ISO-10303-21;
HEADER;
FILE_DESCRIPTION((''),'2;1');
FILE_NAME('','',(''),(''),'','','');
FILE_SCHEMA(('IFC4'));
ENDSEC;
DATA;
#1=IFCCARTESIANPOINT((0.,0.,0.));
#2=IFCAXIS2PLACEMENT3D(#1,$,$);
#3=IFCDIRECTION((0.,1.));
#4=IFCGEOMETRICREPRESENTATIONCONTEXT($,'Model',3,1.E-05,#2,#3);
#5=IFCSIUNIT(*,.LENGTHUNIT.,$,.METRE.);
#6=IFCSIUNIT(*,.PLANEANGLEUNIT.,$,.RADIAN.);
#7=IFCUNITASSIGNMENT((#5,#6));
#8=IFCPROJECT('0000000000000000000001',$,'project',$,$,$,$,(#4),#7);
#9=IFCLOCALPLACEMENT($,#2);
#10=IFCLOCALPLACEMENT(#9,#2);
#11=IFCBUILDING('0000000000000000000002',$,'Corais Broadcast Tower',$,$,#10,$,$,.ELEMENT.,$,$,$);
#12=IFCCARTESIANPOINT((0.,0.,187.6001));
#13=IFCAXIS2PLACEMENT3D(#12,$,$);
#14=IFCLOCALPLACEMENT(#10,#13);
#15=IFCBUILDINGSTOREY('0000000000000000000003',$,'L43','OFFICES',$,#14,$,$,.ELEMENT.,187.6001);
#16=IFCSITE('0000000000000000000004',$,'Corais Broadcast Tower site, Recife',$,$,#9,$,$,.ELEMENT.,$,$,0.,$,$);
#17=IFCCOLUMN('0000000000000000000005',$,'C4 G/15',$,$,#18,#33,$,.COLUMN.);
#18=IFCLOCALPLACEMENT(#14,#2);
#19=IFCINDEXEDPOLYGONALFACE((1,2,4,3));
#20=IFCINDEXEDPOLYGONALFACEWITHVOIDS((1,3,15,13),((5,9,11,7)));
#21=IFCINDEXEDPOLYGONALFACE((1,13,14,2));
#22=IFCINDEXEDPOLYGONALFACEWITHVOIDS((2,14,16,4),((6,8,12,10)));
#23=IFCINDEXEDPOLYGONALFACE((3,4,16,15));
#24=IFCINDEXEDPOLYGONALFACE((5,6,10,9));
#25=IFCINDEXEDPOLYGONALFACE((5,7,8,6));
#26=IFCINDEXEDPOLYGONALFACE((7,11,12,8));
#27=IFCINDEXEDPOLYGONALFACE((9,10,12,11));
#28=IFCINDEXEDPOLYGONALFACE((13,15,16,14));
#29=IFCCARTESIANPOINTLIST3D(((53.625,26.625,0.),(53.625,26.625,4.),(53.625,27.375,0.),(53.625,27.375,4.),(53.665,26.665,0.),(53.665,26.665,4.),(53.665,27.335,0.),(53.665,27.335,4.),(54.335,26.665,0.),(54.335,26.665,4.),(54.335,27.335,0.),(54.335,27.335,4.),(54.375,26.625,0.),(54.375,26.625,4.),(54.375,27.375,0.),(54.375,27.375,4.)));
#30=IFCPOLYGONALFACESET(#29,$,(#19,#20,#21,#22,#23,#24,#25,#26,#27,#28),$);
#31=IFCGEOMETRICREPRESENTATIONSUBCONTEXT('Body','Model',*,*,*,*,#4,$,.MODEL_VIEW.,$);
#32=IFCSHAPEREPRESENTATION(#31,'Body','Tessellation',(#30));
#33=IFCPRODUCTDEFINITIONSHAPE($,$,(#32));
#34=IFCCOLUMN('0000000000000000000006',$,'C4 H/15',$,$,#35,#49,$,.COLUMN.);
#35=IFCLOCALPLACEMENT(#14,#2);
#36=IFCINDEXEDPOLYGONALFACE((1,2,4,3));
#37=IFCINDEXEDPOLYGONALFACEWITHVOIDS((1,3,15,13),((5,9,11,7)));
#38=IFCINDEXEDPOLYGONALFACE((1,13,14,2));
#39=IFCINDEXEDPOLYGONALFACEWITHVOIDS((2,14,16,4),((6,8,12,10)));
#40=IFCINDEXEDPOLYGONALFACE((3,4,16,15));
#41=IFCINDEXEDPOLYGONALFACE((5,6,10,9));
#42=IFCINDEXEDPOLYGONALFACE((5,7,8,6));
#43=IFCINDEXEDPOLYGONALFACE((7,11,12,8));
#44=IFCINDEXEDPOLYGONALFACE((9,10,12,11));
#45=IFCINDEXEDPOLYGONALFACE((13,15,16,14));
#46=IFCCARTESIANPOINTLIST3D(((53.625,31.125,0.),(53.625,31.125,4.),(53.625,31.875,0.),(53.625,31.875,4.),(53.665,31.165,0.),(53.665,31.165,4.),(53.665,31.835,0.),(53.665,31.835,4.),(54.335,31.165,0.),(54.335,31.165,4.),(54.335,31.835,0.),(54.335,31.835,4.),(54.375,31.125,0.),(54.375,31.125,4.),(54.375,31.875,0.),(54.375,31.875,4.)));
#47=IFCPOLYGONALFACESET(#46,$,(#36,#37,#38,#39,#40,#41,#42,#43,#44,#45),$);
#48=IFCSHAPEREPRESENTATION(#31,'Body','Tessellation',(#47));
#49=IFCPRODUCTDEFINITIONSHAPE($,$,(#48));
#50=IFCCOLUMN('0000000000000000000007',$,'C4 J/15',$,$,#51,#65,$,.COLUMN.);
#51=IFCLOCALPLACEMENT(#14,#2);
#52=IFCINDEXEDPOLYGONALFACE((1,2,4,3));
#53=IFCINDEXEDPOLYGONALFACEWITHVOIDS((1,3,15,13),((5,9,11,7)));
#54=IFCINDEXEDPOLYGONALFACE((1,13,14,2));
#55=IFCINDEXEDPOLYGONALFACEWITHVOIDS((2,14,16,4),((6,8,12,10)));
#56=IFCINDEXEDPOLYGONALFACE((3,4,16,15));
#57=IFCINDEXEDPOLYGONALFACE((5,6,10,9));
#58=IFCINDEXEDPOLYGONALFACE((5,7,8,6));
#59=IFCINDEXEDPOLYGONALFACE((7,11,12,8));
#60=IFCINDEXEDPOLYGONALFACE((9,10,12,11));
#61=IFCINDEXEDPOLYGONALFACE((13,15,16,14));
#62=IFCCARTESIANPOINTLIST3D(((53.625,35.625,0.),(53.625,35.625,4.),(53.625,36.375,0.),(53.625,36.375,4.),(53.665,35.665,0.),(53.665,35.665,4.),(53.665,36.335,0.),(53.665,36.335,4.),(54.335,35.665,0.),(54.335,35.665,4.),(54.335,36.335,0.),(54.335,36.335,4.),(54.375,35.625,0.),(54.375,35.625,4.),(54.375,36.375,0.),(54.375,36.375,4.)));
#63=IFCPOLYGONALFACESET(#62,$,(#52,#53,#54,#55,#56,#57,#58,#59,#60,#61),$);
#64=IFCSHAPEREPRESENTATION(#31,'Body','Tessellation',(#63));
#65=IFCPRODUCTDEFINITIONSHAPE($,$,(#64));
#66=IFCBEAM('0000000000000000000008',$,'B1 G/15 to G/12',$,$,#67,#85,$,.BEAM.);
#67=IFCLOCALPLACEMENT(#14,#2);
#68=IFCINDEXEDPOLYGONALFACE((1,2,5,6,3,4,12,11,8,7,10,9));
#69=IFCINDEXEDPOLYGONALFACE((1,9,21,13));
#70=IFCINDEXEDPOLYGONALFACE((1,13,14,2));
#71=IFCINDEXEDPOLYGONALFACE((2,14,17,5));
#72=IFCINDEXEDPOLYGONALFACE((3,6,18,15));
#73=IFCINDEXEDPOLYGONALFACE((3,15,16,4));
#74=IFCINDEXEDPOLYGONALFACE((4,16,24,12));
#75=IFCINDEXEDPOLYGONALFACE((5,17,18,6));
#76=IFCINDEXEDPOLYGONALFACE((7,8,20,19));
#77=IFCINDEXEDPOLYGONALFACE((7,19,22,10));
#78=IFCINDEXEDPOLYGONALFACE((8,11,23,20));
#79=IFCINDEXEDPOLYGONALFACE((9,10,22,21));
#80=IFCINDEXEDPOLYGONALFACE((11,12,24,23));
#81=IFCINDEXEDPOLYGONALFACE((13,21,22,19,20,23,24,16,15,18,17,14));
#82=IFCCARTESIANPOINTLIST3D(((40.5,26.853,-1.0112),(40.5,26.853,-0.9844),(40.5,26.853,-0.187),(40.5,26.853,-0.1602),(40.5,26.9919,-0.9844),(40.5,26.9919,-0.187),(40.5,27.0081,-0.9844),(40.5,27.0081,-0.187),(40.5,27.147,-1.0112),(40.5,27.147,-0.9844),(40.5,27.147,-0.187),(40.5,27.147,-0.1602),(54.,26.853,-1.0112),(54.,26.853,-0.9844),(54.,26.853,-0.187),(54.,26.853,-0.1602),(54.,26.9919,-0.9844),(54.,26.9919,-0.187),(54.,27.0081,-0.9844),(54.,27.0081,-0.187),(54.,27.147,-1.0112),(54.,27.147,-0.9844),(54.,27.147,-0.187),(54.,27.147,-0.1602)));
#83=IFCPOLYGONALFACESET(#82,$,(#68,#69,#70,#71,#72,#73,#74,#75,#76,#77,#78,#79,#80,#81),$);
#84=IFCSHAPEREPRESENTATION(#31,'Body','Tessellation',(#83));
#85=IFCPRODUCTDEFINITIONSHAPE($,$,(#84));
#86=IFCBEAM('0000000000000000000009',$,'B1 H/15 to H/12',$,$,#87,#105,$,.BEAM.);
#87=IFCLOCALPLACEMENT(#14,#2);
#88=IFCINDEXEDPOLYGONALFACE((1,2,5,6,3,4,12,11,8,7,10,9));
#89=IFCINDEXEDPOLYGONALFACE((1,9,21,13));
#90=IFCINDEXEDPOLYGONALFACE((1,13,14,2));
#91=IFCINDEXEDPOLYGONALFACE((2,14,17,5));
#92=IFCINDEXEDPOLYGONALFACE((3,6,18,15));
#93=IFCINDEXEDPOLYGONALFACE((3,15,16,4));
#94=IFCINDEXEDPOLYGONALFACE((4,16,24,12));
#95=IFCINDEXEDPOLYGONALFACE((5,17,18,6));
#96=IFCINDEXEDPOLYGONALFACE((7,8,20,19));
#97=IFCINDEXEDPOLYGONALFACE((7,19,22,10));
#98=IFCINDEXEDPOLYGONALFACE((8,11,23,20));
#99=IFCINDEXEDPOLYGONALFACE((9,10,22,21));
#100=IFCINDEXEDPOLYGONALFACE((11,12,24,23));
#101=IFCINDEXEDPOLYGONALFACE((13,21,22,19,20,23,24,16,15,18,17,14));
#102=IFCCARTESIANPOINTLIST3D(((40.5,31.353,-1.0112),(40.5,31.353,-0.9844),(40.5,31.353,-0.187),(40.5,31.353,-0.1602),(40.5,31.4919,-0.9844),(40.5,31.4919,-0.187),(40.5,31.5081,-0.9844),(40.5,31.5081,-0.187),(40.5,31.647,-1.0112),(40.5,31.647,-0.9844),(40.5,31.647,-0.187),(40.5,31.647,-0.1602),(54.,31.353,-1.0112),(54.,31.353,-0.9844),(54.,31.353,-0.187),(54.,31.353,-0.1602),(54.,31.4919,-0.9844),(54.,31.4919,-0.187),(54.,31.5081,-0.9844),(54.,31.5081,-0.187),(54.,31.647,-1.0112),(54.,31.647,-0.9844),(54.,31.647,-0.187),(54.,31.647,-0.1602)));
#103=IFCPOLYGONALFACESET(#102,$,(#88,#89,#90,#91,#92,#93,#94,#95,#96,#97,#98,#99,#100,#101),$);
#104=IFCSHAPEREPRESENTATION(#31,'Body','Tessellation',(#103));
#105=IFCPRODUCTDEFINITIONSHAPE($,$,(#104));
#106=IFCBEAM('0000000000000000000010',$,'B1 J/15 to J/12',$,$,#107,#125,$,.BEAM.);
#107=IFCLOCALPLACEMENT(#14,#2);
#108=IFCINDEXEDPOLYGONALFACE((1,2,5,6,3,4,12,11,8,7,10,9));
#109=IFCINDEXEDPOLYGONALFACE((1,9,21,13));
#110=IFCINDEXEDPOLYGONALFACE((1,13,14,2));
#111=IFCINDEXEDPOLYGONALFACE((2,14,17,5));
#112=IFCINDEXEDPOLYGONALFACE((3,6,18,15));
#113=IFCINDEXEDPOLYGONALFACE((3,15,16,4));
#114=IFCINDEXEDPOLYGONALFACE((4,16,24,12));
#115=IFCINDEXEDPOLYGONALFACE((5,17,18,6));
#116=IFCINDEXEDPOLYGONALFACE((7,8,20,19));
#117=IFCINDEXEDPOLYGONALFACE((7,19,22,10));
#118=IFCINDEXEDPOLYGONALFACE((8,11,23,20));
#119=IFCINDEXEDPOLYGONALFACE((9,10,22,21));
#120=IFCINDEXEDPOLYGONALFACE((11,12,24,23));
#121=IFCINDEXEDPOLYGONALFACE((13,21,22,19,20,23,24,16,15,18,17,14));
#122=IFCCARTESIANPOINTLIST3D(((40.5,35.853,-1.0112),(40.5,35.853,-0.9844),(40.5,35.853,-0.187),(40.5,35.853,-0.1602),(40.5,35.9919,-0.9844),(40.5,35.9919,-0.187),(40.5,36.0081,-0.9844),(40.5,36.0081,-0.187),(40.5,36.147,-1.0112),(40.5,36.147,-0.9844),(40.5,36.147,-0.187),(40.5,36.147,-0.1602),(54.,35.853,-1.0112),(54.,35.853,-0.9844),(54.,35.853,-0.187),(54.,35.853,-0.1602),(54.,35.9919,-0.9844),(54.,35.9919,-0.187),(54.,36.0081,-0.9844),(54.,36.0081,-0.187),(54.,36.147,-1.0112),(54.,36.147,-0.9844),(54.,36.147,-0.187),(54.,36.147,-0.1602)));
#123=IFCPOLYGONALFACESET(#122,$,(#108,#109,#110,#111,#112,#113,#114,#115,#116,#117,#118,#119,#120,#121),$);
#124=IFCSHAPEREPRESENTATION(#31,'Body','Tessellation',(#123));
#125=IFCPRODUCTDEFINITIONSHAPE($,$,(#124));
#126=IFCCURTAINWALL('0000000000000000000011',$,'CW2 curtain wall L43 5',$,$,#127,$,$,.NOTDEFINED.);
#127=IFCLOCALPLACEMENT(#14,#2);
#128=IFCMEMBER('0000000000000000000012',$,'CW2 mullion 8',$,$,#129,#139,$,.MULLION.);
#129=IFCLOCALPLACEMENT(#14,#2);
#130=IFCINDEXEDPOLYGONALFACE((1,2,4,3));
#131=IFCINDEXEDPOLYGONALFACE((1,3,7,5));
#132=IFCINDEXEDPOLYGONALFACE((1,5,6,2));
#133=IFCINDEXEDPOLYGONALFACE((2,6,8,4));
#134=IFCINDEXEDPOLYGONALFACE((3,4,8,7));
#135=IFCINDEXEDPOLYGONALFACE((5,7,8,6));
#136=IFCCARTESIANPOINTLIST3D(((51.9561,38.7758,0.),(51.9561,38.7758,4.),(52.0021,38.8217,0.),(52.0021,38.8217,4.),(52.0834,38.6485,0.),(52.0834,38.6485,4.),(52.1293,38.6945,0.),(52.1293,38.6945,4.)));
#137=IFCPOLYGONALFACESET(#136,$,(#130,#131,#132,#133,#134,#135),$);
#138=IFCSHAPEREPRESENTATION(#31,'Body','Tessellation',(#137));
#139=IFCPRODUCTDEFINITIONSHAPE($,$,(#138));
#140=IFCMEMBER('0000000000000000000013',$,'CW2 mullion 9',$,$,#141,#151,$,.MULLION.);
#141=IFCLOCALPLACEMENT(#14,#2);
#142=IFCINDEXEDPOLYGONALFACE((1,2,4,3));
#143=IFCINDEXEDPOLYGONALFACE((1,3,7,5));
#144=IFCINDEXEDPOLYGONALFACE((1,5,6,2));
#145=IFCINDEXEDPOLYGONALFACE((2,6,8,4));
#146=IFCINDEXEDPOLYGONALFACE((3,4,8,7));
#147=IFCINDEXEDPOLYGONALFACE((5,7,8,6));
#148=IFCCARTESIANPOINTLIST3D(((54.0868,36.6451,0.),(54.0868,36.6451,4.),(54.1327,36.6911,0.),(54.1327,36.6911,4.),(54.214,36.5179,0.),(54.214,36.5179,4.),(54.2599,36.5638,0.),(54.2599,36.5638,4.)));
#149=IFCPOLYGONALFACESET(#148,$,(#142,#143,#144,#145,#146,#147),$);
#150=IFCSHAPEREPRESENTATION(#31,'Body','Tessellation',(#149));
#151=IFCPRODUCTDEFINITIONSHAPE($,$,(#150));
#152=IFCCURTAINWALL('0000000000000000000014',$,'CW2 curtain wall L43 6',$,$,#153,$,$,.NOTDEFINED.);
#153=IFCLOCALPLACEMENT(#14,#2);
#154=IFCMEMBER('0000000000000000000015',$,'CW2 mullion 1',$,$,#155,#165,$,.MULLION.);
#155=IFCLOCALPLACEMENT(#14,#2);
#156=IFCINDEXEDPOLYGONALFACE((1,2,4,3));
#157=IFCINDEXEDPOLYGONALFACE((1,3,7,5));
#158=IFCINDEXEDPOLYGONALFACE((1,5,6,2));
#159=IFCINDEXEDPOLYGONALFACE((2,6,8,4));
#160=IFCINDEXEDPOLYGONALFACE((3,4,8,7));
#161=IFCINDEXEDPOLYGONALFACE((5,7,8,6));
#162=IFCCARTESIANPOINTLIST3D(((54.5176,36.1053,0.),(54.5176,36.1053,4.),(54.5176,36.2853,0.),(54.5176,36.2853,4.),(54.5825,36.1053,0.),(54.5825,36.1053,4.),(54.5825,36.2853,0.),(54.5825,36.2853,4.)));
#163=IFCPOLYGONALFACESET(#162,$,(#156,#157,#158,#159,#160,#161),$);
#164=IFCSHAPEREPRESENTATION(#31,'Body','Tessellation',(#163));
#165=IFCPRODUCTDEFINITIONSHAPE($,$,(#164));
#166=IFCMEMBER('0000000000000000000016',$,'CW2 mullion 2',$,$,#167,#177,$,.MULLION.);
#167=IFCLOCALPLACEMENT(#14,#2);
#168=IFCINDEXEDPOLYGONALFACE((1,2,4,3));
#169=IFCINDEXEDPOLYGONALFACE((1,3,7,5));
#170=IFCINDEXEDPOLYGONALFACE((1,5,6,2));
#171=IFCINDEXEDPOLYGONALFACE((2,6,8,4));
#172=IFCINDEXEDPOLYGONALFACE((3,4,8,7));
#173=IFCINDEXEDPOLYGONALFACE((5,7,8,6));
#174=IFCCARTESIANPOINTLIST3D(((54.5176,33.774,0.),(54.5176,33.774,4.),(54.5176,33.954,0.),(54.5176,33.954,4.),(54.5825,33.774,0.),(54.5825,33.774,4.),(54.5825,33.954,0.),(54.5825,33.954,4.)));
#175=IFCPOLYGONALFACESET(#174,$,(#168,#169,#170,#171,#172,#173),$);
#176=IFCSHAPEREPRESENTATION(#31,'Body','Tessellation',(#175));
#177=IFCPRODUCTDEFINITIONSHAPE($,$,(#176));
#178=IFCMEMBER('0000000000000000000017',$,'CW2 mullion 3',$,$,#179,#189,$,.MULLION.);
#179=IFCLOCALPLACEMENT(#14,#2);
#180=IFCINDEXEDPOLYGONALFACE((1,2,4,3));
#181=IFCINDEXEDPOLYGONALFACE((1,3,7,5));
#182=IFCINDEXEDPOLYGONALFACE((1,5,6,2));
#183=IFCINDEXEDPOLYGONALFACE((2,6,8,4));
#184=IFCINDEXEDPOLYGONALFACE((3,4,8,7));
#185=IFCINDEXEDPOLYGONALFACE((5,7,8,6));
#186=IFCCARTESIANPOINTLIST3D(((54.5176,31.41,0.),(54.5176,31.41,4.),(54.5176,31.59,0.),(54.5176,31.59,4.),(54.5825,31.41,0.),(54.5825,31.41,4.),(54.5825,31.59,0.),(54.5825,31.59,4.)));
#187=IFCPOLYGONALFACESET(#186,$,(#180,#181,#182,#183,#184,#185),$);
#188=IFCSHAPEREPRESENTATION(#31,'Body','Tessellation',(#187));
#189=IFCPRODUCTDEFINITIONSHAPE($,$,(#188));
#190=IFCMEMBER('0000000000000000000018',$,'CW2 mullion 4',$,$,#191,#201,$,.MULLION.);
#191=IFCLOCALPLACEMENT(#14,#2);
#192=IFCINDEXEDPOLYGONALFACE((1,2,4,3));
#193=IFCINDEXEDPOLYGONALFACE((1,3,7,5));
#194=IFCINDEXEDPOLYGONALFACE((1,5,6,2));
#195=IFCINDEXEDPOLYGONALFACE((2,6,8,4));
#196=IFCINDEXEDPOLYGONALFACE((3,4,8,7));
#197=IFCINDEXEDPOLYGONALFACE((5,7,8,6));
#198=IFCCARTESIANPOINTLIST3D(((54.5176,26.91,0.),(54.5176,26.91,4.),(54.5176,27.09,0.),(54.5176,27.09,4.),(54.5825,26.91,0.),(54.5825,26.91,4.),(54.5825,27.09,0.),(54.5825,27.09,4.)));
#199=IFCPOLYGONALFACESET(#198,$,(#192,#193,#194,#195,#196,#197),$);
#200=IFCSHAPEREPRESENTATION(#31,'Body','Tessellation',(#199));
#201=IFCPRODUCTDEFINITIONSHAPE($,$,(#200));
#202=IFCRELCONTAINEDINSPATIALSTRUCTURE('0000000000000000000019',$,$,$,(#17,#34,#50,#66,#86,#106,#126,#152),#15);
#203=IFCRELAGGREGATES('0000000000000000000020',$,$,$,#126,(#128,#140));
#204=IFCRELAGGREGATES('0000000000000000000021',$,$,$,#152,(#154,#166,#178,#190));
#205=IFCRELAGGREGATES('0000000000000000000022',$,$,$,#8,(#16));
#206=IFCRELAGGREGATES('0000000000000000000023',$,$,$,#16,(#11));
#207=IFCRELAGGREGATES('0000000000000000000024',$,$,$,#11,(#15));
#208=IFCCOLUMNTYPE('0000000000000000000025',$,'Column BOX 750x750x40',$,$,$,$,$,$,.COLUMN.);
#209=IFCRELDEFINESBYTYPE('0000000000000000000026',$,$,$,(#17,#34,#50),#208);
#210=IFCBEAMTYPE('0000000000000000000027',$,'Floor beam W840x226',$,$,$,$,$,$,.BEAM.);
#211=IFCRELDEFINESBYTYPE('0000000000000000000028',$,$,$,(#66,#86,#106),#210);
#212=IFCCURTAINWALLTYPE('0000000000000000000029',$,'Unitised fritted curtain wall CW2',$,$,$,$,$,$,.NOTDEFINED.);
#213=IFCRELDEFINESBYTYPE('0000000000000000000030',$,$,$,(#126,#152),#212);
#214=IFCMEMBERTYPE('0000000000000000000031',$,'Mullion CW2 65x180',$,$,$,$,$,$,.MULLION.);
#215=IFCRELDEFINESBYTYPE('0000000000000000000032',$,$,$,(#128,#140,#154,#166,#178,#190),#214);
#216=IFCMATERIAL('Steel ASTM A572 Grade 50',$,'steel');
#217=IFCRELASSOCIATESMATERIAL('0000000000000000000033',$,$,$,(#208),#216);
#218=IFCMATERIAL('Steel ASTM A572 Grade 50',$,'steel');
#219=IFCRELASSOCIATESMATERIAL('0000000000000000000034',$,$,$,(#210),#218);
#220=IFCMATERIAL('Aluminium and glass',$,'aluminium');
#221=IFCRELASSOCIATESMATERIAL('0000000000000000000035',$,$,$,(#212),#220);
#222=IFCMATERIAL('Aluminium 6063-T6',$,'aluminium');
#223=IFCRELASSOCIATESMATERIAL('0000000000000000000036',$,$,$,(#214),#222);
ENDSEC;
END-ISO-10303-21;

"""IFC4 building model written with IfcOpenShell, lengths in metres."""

from ifc_helpers import new_model, si_unit, direction, frame, origin, origin_2d, place, context, subcontext, project, spatial, rectangle, hollow_rectangle, i_section, extrude, material, material_profile, profile_set, type_object, element, aggregate, save


model = new_model("IFC4")

# Units and contexts
model_context = context("Model", 3, precision=1e-05, world=origin(), true_north=direction((0.0, 1.0)))
body_context = subcontext(model_context, "Body", "Model", "MODEL_VIEW")
ifc_project = project(units=[si_unit("LENGTHUNIT", "METRE"), si_unit("PLANEANGLEUNIT", "RADIAN")], contexts=[model_context])

# Site, building, storey
site_placement = place(None, origin())
site = spatial("IfcSite", under=ifc_project, at=site_placement, Name="Corais Broadcast Tower site, Recife", CompositionType="ELEMENT", RefElevation=0.0)
building_placement = place(site_placement, origin())
building = spatial("IfcBuilding", under=site, at=building_placement, Name="Corais Broadcast Tower", CompositionType="ELEMENT")
storey_placement = place(building_placement, frame((0.0, 0.0, 187.6001)))
storey = spatial("IfcBuildingStorey", under=building, at=storey_placement, Name="L43", Description="OFFICES", CompositionType="ELEMENT", Elevation=187.6001)

# Columns
ifc_material_1 = material(Name="Steel ASTM A572 Grade 50", Category="steel")
ifc_material_profile_1 = material_profile(ifc_material_1, hollow_rectangle(XDim=0.75, YDim=0.75, WallThickness=0.04, at=origin_2d()), Name="BOX 750x750x40")
ifc_profile_set_1 = profile_set([ifc_material_profile_1], Name="Steel ASTM A572 Grade 50")
column_type = type_object("IfcColumnType", Name="Column BOX 750x750x40", PredefinedType="COLUMN", material=ifc_profile_set_1)
for number, where, z_axis, x_axis, name in (
    (1, (54.0, 27.0, 0.0), (0.0, 0.0, 1.0), (1.0, 0.0, 0.0), "C4 G/15"),
    (2, (54.0, 31.5, 0.0), (0.0, 0.0, 1.0), (1.0, 0.0, 0.0), "C4 H/15"),
    (3, (54.0, 36.0, 0.0), (0.0, 0.0, 1.0), (1.0, 0.0, 0.0), "C4 J/15"),
):
    element("IfcColumn", number, at=place(storey_placement, frame(where, z_axis=z_axis, x_axis=x_axis)), inside=storey, type_object=column_type, Name=name, PredefinedType="COLUMN", context=body_context, shape_type="SweptSolid", body=[
        extrude(hollow_rectangle(XDim=0.75, YDim=0.75, WallThickness=0.04, at=origin_2d()), origin(), (0.0, 0.0, 1.0), 4.0),
    ])

# Beams
ifc_material_2 = material(Name="Steel ASTM A572 Grade 50", Category="steel")
ifc_material_profile_2 = material_profile(ifc_material_2, i_section(OverallWidth=0.2939, OverallDepth=0.8511, WebThickness=0.0161, FlangeThickness=0.0269, at=origin_2d()), Name="W840x226")
ifc_profile_set_2 = profile_set([ifc_material_profile_2], Name="Steel ASTM A572 Grade 50")
beam_type_1 = type_object("IfcBeamType", Name="Floor beam W840x226", PredefinedType="BEAM", material=ifc_profile_set_2)
for number, where, z_axis, x_axis, name in (
    (4, (54.0, 27.0, -0.5857), (-1.0, 0.0, 0.0), (0.0, -1.0, 0.0), "B1 G/15 to G/12"),
    (5, (54.0, 31.5, -0.5857), (-1.0, 0.0, 0.0), (0.0, -1.0, 0.0), "B1 H/15 to H/12"),
    (6, (54.0, 36.0, -0.5857), (-1.0, 0.0, 0.0), (0.0, -1.0, 0.0), "B1 J/15 to J/12"),
):
    element("IfcBeam", number, at=place(storey_placement, frame(where, z_axis=z_axis, x_axis=x_axis)), inside=storey, type_object=beam_type_1, Name=name, PredefinedType="BEAM", context=body_context, shape_type="SweptSolid", body=[
        extrude(i_section(OverallWidth=0.2939, OverallDepth=0.8511, WebThickness=0.0161, FlangeThickness=0.0269, at=origin_2d()), origin(), (0.0, 0.0, 1.0), 13.5),
    ])

# Curtain walls, members
ifc_material_3 = material(Name="Aluminium and glass", Category="aluminium")
curtain_wall_type = type_object("IfcCurtainWallType", Name="Unitised fritted curtain wall CW2", PredefinedType="NOTDEFINED", material=ifc_material_3)
curtain_wall_1_placement = place(storey_placement, origin())
curtain_wall_1 = element("IfcCurtainWall", 7, at=curtain_wall_1_placement, inside=storey, type_object=curtain_wall_type, Name="CW2 curtain wall L43 5", PredefinedType="NOTDEFINED")
ifc_material_4 = material(Name="Aluminium 6063-T6", Category="aluminium")
ifc_material_profile_3 = material_profile(ifc_material_4, rectangle(XDim=0.0649, YDim=0.1799, at=origin_2d()), Name="Mullion CW2 65x180")
ifc_profile_set_3 = profile_set([ifc_material_profile_3], Name="Aluminium 6063-T6")
member_type_1 = type_object("IfcMemberType", Name="Mullion CW2 65x180", PredefinedType="MULLION", material=ifc_profile_set_3)
member_1_placement = place(storey_placement, frame((52.0427, 38.7351, 0.0), z_axis=(0.0, 0.0, 1.0), x_axis=(0.707107, 0.707107, 0.0)))
member_1 = element("IfcMember", 8, at=member_1_placement, type_object=member_type_1, Name="CW2 mullion 8", PredefinedType="MULLION", context=body_context, shape_type="SweptSolid", body=[
    extrude(rectangle(XDim=0.0649, YDim=0.1799, at=origin_2d()), origin(), (0.0, 0.0, 1.0), 4.0),
])
member_2_placement = place(storey_placement, frame((54.1733, 36.6045, 0.0), z_axis=(0.0, 0.0, 1.0), x_axis=(0.707107, 0.707107, 0.0)))
member_2 = element("IfcMember", 9, at=member_2_placement, type_object=member_type_1, Name="CW2 mullion 9", PredefinedType="MULLION", context=body_context, shape_type="SweptSolid", body=[
    extrude(rectangle(XDim=0.0649, YDim=0.1799, at=origin_2d()), origin(), (0.0, 0.0, 1.0), 4.0),
])
curtain_wall_2_placement = place(storey_placement, origin())
curtain_wall_2 = element("IfcCurtainWall", 10, at=curtain_wall_2_placement, inside=storey, type_object=curtain_wall_type, Name="CW2 curtain wall L43 6", PredefinedType="NOTDEFINED")
member_3_placement = place(storey_placement, frame((54.55, 36.1953, 0.0), z_axis=(0.0, 0.0, 1.0), x_axis=(1.0, 0.0, 0.0)))
member_3 = element("IfcMember", 11, at=member_3_placement, type_object=member_type_1, Name="CW2 mullion 1", PredefinedType="MULLION", context=body_context, shape_type="SweptSolid", body=[
    extrude(rectangle(XDim=0.0649, YDim=0.1799, at=origin_2d()), origin(), (0.0, 0.0, 1.0), 4.0),
])
member_4_placement = place(storey_placement, frame((54.55, 33.864, 0.0), z_axis=(0.0, 0.0, 1.0), x_axis=(1.0, 0.0, 0.0)))
member_4 = element("IfcMember", 12, at=member_4_placement, type_object=member_type_1, Name="CW2 mullion 2", PredefinedType="MULLION", context=body_context, shape_type="SweptSolid", body=[
    extrude(rectangle(XDim=0.0649, YDim=0.1799, at=origin_2d()), origin(), (0.0, 0.0, 1.0), 4.0),
])
member_5_placement = place(storey_placement, frame((54.55, 31.5, 0.0), z_axis=(0.0, 0.0, 1.0), x_axis=(1.0, 0.0, 0.0)))
member_5 = element("IfcMember", 13, at=member_5_placement, type_object=member_type_1, Name="CW2 mullion 3", PredefinedType="MULLION", context=body_context, shape_type="SweptSolid", body=[
    extrude(rectangle(XDim=0.0649, YDim=0.1799, at=origin_2d()), origin(), (0.0, 0.0, 1.0), 4.0),
])
member_6_placement = place(storey_placement, frame((54.55, 27.0, 0.0), z_axis=(0.0, 0.0, 1.0), x_axis=(1.0, 0.0, 0.0)))
member_6 = element("IfcMember", 14, at=member_6_placement, type_object=member_type_1, Name="CW2 mullion 4", PredefinedType="MULLION", context=body_context, shape_type="SweptSolid", body=[
    extrude(rectangle(XDim=0.0649, YDim=0.1799, at=origin_2d()), origin(), (0.0, 0.0, 1.0), 4.0),
])

aggregate(curtain_wall_1, [member_1, member_2])
aggregate(curtain_wall_2, [member_3, member_4, member_5, member_6])

save(model, "model.ifc")
